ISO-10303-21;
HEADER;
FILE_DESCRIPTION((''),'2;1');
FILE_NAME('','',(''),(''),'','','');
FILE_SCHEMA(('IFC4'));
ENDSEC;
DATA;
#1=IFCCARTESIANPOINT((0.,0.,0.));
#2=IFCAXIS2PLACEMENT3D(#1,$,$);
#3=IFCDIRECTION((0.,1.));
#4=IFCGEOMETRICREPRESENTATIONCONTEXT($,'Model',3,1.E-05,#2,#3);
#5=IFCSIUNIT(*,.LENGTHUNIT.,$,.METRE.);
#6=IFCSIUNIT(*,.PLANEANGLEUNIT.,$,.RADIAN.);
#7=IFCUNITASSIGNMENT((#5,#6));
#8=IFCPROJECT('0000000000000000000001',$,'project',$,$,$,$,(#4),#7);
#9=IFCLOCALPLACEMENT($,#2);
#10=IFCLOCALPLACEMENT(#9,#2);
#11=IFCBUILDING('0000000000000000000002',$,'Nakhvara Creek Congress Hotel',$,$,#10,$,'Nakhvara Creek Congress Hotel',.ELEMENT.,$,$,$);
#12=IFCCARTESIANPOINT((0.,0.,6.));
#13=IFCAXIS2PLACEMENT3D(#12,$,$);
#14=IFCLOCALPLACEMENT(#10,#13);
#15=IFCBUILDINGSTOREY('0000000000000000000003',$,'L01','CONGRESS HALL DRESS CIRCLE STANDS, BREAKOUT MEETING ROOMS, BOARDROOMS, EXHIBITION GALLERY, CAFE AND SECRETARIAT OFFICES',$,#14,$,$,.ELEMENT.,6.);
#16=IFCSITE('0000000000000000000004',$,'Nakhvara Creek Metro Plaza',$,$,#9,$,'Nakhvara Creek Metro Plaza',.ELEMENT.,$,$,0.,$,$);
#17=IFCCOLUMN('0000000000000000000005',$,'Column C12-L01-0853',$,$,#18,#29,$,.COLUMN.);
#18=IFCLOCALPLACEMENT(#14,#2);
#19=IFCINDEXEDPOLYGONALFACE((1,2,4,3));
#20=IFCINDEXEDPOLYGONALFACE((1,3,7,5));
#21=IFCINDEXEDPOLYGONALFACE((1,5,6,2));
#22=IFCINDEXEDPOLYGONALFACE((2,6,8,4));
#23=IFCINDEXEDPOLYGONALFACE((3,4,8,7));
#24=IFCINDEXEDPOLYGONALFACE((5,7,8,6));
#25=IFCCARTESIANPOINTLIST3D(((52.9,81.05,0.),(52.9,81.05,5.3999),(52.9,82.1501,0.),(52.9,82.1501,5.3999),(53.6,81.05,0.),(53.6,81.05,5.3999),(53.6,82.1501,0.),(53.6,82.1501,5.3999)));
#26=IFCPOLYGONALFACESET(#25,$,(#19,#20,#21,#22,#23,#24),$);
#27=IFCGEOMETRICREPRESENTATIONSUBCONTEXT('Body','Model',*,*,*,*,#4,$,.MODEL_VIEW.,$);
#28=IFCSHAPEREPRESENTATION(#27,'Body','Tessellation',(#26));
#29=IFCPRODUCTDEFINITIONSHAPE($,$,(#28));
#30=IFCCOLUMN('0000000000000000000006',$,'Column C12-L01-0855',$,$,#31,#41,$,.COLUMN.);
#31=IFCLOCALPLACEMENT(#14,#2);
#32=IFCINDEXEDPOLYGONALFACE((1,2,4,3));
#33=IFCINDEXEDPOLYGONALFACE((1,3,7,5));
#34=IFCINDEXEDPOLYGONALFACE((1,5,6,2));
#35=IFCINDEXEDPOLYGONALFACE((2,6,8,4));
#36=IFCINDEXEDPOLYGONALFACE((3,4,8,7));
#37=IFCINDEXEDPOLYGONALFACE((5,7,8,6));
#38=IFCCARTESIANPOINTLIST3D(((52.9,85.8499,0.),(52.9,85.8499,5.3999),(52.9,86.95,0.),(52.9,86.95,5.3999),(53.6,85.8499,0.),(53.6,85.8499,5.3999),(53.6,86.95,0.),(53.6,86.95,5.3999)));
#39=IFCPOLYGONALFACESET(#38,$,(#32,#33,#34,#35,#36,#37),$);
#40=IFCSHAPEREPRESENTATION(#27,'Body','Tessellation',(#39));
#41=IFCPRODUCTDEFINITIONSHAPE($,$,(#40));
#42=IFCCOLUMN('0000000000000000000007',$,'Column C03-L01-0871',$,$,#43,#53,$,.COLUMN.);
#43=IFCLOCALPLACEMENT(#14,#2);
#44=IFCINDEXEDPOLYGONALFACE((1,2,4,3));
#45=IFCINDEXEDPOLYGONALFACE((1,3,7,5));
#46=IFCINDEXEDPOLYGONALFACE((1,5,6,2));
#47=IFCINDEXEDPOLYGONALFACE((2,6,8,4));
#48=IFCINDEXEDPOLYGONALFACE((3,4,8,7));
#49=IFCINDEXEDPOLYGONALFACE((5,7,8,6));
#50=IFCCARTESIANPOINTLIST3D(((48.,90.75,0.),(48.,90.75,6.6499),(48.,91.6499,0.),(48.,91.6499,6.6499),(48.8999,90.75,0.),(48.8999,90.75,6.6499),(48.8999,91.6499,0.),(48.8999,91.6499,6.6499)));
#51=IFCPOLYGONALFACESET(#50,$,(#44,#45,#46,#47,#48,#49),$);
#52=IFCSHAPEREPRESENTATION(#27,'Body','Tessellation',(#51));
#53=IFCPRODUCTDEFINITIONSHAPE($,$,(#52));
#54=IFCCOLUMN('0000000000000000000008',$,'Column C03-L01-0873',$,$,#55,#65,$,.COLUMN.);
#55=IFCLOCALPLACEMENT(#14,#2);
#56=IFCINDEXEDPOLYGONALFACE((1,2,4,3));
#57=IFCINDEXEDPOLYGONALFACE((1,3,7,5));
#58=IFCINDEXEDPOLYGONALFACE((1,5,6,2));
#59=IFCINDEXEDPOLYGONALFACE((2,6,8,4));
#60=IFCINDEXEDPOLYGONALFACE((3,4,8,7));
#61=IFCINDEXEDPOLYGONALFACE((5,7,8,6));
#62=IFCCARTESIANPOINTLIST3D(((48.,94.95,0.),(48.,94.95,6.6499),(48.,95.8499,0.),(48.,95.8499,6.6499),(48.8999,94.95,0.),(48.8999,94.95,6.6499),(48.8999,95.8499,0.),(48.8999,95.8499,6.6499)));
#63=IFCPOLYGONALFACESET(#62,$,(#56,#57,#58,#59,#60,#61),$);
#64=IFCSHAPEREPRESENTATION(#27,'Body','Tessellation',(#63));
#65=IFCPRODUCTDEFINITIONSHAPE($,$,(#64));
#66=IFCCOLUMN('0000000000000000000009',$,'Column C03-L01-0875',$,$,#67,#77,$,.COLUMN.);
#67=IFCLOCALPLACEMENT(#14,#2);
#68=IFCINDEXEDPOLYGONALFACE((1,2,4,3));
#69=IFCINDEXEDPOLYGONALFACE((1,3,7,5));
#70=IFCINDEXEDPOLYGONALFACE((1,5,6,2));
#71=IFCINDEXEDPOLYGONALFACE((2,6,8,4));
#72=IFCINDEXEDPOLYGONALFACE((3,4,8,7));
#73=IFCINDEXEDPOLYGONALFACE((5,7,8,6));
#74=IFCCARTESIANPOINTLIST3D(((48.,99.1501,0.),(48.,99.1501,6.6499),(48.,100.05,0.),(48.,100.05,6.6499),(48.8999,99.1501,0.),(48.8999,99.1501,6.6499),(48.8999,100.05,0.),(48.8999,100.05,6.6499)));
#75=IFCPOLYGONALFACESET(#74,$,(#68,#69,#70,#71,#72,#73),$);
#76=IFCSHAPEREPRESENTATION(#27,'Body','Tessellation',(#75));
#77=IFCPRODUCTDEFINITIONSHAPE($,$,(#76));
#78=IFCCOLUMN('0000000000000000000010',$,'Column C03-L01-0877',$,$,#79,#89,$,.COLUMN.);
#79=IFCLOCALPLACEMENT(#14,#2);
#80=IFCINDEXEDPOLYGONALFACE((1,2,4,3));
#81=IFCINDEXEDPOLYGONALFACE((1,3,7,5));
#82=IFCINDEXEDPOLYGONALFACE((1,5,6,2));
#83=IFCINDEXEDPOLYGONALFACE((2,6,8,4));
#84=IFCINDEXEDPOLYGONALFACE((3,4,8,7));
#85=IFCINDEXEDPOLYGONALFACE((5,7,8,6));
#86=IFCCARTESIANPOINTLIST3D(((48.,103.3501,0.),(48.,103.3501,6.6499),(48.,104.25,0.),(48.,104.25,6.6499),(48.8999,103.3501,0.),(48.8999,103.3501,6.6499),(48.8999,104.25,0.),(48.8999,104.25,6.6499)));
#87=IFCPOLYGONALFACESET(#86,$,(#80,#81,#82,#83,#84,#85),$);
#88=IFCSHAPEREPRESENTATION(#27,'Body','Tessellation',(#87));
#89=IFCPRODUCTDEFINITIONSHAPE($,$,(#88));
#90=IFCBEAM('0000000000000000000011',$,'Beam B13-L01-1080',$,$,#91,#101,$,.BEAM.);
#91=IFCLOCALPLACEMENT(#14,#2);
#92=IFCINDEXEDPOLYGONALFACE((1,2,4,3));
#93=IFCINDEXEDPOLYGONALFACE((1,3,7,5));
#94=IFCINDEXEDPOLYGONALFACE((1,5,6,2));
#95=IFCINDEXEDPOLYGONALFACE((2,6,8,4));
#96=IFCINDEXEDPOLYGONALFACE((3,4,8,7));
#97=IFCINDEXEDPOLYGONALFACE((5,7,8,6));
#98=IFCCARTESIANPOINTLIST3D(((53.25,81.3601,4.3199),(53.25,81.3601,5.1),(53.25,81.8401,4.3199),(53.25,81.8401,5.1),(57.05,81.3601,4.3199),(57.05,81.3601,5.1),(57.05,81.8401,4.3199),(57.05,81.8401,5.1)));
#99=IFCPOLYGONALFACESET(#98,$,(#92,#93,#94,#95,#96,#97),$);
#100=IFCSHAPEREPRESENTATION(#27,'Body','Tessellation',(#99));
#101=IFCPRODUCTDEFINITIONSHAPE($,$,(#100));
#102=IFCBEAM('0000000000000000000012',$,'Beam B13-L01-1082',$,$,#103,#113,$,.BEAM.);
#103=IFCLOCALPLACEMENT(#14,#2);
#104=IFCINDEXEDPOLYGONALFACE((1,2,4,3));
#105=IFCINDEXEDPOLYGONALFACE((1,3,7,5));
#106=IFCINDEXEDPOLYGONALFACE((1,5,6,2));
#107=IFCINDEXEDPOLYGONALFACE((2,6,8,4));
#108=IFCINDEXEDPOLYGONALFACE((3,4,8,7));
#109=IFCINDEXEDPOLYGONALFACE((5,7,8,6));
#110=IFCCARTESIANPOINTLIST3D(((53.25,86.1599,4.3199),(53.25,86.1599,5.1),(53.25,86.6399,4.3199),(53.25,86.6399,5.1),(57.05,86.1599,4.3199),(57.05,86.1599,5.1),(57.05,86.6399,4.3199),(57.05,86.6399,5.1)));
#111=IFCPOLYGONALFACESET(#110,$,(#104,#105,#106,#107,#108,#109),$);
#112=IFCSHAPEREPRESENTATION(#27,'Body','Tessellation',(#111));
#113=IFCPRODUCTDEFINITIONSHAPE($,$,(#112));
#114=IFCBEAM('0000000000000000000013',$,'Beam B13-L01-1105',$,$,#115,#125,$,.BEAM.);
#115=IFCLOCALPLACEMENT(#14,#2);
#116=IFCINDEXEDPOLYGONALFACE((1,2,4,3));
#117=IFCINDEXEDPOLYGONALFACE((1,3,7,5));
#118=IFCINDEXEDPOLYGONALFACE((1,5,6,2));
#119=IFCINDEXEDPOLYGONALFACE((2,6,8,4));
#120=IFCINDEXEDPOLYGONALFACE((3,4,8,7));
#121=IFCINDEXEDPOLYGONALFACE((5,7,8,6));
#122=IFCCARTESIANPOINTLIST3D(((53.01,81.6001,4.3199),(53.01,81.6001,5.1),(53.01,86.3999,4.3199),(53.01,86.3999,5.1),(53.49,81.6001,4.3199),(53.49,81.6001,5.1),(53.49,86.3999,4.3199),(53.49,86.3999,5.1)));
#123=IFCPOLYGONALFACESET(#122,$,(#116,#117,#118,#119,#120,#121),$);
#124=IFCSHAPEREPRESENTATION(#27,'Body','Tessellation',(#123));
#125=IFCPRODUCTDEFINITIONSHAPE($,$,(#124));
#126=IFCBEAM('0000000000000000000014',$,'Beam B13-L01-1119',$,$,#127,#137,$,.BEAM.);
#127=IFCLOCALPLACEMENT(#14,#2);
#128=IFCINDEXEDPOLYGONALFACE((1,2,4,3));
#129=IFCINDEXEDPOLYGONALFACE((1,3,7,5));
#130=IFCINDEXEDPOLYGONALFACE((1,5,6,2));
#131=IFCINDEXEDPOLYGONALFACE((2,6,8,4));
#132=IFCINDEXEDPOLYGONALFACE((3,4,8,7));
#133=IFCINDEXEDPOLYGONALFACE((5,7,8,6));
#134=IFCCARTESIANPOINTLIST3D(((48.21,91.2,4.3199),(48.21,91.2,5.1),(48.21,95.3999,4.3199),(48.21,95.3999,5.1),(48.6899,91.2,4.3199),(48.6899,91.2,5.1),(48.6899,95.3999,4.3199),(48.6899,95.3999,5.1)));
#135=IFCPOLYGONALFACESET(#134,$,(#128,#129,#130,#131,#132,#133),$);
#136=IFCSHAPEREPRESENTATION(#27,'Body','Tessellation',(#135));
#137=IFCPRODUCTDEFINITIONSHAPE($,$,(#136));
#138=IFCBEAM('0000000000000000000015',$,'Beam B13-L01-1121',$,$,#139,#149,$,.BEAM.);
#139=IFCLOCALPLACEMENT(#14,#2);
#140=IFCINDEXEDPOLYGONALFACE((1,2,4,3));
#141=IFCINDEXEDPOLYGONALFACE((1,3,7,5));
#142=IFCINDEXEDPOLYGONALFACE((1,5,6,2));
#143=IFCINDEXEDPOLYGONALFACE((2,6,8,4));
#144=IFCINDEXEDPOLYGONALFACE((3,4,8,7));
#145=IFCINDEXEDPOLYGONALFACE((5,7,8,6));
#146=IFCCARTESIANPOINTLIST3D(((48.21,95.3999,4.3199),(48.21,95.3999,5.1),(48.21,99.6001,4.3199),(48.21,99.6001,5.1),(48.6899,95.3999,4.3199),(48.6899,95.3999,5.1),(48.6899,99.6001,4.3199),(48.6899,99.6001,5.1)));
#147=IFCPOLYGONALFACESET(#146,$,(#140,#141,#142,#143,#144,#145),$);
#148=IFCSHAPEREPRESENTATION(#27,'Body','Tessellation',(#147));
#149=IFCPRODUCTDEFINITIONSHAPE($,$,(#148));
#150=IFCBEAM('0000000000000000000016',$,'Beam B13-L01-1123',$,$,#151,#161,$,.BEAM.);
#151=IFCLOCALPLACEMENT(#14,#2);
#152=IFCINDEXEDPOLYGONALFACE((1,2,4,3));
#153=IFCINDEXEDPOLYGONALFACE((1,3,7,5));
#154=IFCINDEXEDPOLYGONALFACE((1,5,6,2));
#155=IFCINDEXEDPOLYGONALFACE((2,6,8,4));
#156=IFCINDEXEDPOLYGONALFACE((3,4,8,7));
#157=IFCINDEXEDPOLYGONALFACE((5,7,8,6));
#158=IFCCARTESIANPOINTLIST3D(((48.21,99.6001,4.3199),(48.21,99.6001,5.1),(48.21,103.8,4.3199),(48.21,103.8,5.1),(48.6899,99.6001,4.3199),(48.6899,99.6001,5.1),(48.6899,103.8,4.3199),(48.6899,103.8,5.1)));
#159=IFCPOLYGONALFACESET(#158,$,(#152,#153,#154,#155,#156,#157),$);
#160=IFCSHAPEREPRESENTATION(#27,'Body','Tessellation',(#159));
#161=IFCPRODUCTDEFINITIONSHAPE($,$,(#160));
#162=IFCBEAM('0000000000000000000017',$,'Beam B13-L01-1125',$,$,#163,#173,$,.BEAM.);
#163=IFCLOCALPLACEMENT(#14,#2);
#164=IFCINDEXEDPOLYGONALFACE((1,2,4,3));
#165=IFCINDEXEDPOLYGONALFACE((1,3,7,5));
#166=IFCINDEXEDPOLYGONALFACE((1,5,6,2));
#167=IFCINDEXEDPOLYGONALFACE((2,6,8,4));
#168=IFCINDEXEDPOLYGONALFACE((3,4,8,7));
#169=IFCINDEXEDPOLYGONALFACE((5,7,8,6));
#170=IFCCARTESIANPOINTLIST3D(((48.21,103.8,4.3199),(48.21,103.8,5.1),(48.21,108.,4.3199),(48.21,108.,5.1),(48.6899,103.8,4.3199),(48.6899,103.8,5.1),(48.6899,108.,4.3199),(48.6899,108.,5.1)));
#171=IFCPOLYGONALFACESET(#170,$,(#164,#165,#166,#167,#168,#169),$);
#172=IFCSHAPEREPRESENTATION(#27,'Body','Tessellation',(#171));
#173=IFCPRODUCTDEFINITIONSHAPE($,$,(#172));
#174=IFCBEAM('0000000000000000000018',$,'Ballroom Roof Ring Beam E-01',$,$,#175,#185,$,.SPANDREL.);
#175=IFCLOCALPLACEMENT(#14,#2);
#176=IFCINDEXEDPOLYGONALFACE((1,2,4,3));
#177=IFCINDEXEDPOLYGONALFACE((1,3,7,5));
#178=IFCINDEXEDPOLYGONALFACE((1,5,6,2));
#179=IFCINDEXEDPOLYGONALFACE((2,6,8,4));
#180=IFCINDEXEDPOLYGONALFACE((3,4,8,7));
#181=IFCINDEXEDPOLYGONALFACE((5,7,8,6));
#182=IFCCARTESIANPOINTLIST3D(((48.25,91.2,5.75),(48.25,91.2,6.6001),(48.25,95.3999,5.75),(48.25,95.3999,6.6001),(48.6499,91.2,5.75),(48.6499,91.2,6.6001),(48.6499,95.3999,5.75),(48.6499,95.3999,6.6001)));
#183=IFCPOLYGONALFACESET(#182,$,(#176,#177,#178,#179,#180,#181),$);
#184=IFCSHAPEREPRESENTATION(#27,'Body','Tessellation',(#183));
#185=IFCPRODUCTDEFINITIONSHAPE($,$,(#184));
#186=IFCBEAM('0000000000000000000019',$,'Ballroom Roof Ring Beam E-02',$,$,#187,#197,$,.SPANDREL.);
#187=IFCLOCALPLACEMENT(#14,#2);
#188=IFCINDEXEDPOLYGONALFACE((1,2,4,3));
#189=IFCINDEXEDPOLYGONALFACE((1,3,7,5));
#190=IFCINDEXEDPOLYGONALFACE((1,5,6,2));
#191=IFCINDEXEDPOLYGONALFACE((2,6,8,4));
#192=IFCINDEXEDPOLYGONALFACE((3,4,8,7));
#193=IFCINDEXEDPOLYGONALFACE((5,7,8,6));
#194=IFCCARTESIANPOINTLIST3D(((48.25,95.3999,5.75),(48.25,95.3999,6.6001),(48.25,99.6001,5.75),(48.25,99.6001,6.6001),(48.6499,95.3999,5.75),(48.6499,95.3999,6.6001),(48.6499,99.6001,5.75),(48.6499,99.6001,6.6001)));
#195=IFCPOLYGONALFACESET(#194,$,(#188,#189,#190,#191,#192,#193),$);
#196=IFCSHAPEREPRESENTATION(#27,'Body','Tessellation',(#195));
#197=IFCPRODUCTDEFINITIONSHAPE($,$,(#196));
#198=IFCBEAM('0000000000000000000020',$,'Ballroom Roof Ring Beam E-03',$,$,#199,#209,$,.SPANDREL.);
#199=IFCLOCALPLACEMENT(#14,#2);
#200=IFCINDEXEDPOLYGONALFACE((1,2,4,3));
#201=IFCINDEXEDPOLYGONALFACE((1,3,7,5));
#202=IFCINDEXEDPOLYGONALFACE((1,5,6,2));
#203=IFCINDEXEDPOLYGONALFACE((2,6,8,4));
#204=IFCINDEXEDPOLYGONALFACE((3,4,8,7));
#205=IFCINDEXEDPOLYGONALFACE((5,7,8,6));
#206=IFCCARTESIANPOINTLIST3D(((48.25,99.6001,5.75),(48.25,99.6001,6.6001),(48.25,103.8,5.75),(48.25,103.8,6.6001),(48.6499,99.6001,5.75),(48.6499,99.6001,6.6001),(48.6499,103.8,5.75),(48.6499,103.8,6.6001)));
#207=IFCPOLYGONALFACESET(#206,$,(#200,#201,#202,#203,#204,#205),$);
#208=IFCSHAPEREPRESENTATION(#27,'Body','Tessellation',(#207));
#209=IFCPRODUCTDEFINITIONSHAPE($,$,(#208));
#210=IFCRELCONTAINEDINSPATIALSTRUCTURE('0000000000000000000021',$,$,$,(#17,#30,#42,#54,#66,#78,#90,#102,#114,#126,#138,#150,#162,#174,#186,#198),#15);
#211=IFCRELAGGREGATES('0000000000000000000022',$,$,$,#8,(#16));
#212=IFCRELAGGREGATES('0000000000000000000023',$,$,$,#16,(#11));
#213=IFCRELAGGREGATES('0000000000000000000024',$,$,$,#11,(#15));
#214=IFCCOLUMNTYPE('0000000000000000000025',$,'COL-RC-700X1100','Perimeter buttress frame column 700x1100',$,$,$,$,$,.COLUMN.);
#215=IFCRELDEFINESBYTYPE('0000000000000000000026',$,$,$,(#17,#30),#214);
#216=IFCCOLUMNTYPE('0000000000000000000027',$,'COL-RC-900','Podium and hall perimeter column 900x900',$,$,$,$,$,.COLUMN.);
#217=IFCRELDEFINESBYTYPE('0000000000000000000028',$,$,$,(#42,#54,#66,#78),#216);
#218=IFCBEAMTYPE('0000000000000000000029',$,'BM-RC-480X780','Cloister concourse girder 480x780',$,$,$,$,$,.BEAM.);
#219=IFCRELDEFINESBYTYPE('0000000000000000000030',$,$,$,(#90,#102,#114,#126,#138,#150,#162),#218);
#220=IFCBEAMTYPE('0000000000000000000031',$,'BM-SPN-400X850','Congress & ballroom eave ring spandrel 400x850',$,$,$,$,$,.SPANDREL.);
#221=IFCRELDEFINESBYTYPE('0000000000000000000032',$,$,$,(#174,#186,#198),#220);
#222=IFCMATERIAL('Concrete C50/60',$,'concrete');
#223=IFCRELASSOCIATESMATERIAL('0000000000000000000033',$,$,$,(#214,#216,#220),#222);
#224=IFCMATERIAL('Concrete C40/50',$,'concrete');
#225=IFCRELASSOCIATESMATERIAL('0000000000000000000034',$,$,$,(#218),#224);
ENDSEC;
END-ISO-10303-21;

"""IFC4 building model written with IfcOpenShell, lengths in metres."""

from ifc_helpers import new_model, si_unit, direction, frame, origin, origin_2d, place, context, subcontext, project, spatial, rectangle, extrude, material, material_profile, profile_set, type_object, element, save


model = new_model("IFC4")

# Units and contexts
model_context = context("Model", 3, precision=1e-05, world=origin(), true_north=direction((0.0, 1.0)))
body_context = subcontext(model_context, "Body", "Model", "MODEL_VIEW")
ifc_project = project(units=[si_unit("LENGTHUNIT", "METRE"), si_unit("PLANEANGLEUNIT", "RADIAN")], contexts=[model_context])

# Site, building, storey
site_placement = place(None, origin())
site = spatial("IfcSite", under=ifc_project, at=site_placement, Name="Nakhvara Creek Metro Plaza", LongName="Nakhvara Creek Metro Plaza", CompositionType="ELEMENT", RefElevation=0.0)
building_placement = place(site_placement, origin())
building = spatial("IfcBuilding", under=site, at=building_placement, Name="Nakhvara Creek Congress Hotel", LongName="Nakhvara Creek Congress Hotel", CompositionType="ELEMENT")
storey_placement = place(building_placement, frame((0.0, 0.0, 6.0)))
storey = spatial("IfcBuildingStorey", under=building, at=storey_placement, Name="L01", Description="CONGRESS HALL DRESS CIRCLE STANDS, BREAKOUT MEETING ROOMS, BOARDROOMS, EXHIBITION GALLERY, CAFE AND SECRETARIAT OFFICES", CompositionType="ELEMENT", Elevation=6.0)

# Columns
ifc_material_1 = material(Name="Concrete C50/60", Category="concrete")
ifc_material_profile_1 = material_profile(ifc_material_1, rectangle(XDim=0.7, YDim=1.1001, at=origin_2d()), Name="RC-COL 700x1100", Category="LoadBearing")
ifc_profile_set_1 = profile_set([ifc_material_profile_1], Name="Concrete C50/60")
column_type_1 = type_object("IfcColumnType", Name="COL-RC-700X1100", Description="Perimeter buttress frame column 700x1100", PredefinedType="COLUMN", material=ifc_profile_set_1)
for number, where, z_axis, x_axis, name in (
    (1, (53.25, 81.6001, 0.0), (0.0, 0.0, 1.0), (1.0, 0.0, 0.0), "Column C12-L01-0853"),
    (2, (53.25, 86.3999, 0.0), (0.0, 0.0, 1.0), (1.0, 0.0, 0.0), "Column C12-L01-0855"),
):
    element("IfcColumn", number, at=place(storey_placement, frame(where, z_axis=z_axis, x_axis=x_axis)), inside=storey, type_object=column_type_1, Name=name, PredefinedType="COLUMN", context=body_context, shape_type="SweptSolid", body=[
        extrude(rectangle(XDim=0.7, YDim=1.1001, at=origin_2d()), origin(), (0.0, 0.0, 1.0), 5.3999),
    ])
ifc_material_profile_2 = material_profile(ifc_material_1, rectangle(XDim=0.8999, YDim=0.8999, at=origin_2d()), Name="RC-COL 900x900", Category="LoadBearing")
ifc_profile_set_2 = profile_set([ifc_material_profile_2], Name="Concrete C50/60")
column_type_2 = type_object("IfcColumnType", Name="COL-RC-900", Description="Podium and hall perimeter column 900x900", PredefinedType="COLUMN", material=ifc_profile_set_2)
for number, where, z_axis, x_axis, name in (
    (3, (48.45, 91.2, 0.0), (0.0, 0.0, 1.0), (1.0, 0.0, 0.0), "Column C03-L01-0871"),
    (4, (48.45, 95.3999, 0.0), (0.0, 0.0, 1.0), (1.0, 0.0, 0.0), "Column C03-L01-0873"),
    (5, (48.45, 99.6001, 0.0), (0.0, 0.0, 1.0), (1.0, 0.0, 0.0), "Column C03-L01-0875"),
    (6, (48.45, 103.8, 0.0), (0.0, 0.0, 1.0), (1.0, 0.0, 0.0), "Column C03-L01-0877"),
):
    element("IfcColumn", number, at=place(storey_placement, frame(where, z_axis=z_axis, x_axis=x_axis)), inside=storey, type_object=column_type_2, Name=name, PredefinedType="COLUMN", context=body_context, shape_type="SweptSolid", body=[
        extrude(rectangle(XDim=0.8999, YDim=0.8999, at=origin_2d()), origin(), (0.0, 0.0, 1.0), 6.6499),
    ])

# Beams
ifc_material_2 = material(Name="Concrete C40/50", Category="concrete")
ifc_material_profile_3 = material_profile(ifc_material_2, rectangle(XDim=0.48, YDim=0.78, at=origin_2d()), Name="RC-BM 480x780", Category="LoadBearing")
ifc_profile_set_3 = profile_set([ifc_material_profile_3], Name="Concrete C40/50")
beam_type_1 = type_object("IfcBeamType", Name="BM-RC-480X780", Description="Cloister concourse girder 480x780", PredefinedType="BEAM", material=ifc_profile_set_3)
for number, where, z_axis, x_axis, name in (
    (7, (53.25, 81.6001, 4.71), (1.0, 0.0, 0.0), (0.0, 1.0, 0.0), "Beam B13-L01-1080"),
    (8, (53.25, 86.3999, 4.71), (1.0, 0.0, 0.0), (0.0, 1.0, 0.0), "Beam B13-L01-1082"),
):
    element("IfcBeam", number, at=place(storey_placement, frame(where, z_axis=z_axis, x_axis=x_axis)), inside=storey, type_object=beam_type_1, Name=name, PredefinedType="BEAM", context=body_context, shape_type="SweptSolid", body=[
        extrude(rectangle(XDim=0.48, YDim=0.78, at=origin_2d()), origin(), (0.0, 0.0, 1.0), 3.8),
    ])
beam_1_placement = place(storey_placement, frame((53.25, 81.6001, 4.71), z_axis=(0.0, 1.0, 0.0), x_axis=(-1.0, 0.0, 0.0)))
element("IfcBeam", 9, at=beam_1_placement, inside=storey, type_object=beam_type_1, Name="Beam B13-L01-1105", PredefinedType="BEAM", context=body_context, shape_type="SweptSolid", body=[
    extrude(rectangle(XDim=0.48, YDim=0.78, at=origin_2d()), origin(), (0.0, 0.0, 1.0), 4.7998),
])
beam_2_placement = place(storey_placement, frame((48.45, 91.2, 4.71), z_axis=(0.0, 1.0, 0.0), x_axis=(-1.0, 0.0, 0.0)))
element("IfcBeam", 10, at=beam_2_placement, inside=storey, type_object=beam_type_1, Name="Beam B13-L01-1119", PredefinedType="BEAM", context=body_context, shape_type="SweptSolid", body=[
    extrude(rectangle(XDim=0.48, YDim=0.78, at=origin_2d()), origin(), (0.0, 0.0, 1.0), 4.2),
])
beam_3_placement = place(storey_placement, frame((48.45, 95.3999, 4.71), z_axis=(0.0, 1.0, 0.0), x_axis=(-1.0, 0.0, 0.0)))
element("IfcBeam", 11, at=beam_3_placement, inside=storey, type_object=beam_type_1, Name="Beam B13-L01-1121", PredefinedType="BEAM", context=body_context, shape_type="SweptSolid", body=[
    extrude(rectangle(XDim=0.48, YDim=0.78, at=origin_2d()), origin(), (0.0, 0.0, 1.0), 4.2002),
])
for number, where, z_axis, x_axis, name in (
    (12, (48.45, 99.6001, 4.71), (0.0, 1.0, 0.0), (-1.0, 0.0, 0.0), "Beam B13-L01-1123"),
    (13, (48.45, 103.8, 4.71), (0.0, 1.0, 0.0), (-1.0, 0.0, 0.0), "Beam B13-L01-1125"),
):
    element("IfcBeam", number, at=place(storey_placement, frame(where, z_axis=z_axis, x_axis=x_axis)), inside=storey, type_object=beam_type_1, Name=name, PredefinedType="BEAM", context=body_context, shape_type="SweptSolid", body=[
        extrude(rectangle(XDim=0.48, YDim=0.78, at=origin_2d()), origin(), (0.0, 0.0, 1.0), 4.2),
    ])
ifc_material_profile_4 = material_profile(ifc_material_1, rectangle(XDim=0.3999, YDim=0.8501, at=origin_2d()), Name="RC-SPANDREL 400x850", Category="LoadBearing")
ifc_profile_set_4 = profile_set([ifc_material_profile_4], Name="Concrete C50/60")
beam_type_2 = type_object("IfcBeamType", Name="BM-SPN-400X850", Description="Congress & ballroom eave ring spandrel 400x850", PredefinedType="SPANDREL", material=ifc_profile_set_4)
beam_4_placement = place(storey_placement, frame((48.45, 91.2, 6.175), z_axis=(0.0, 1.0, 0.0), x_axis=(-1.0, 0.0, 0.0)))
element("IfcBeam", 14, at=beam_4_placement, inside=storey, type_object=beam_type_2, Name="Ballroom Roof Ring Beam E-01", PredefinedType="SPANDREL", context=body_context, shape_type="SweptSolid", body=[
    extrude(rectangle(XDim=0.3999, YDim=0.8501, at=origin_2d()), origin(), (0.0, 0.0, 1.0), 4.2),
])
beam_5_placement = place(storey_placement, frame((48.45, 95.3999, 6.175), z_axis=(0.0, 1.0, 0.0), x_axis=(-1.0, 0.0, 0.0)))
element("IfcBeam", 15, at=beam_5_placement, inside=storey, type_object=beam_type_2, Name="Ballroom Roof Ring Beam E-02", PredefinedType="SPANDREL", context=body_context, shape_type="SweptSolid", body=[
    extrude(rectangle(XDim=0.3999, YDim=0.8501, at=origin_2d()), origin(), (0.0, 0.0, 1.0), 4.2002),
])
for number, where, z_axis, x_axis, name in (
    (16, (48.45, 99.6001, 6.175), (0.0, 1.0, 0.0), (-1.0, 0.0, 0.0), "Ballroom Roof Ring Beam E-03"),
):
    element("IfcBeam", number, at=place(storey_placement, frame(where, z_axis=z_axis, x_axis=x_axis)), inside=storey, type_object=beam_type_2, Name=name, PredefinedType="SPANDREL", context=body_context, shape_type="SweptSolid", body=[
        extrude(rectangle(XDim=0.3999, YDim=0.8501, at=origin_2d()), origin(), (0.0, 0.0, 1.0), 4.2),
    ])

save(model, "model.ifc")
